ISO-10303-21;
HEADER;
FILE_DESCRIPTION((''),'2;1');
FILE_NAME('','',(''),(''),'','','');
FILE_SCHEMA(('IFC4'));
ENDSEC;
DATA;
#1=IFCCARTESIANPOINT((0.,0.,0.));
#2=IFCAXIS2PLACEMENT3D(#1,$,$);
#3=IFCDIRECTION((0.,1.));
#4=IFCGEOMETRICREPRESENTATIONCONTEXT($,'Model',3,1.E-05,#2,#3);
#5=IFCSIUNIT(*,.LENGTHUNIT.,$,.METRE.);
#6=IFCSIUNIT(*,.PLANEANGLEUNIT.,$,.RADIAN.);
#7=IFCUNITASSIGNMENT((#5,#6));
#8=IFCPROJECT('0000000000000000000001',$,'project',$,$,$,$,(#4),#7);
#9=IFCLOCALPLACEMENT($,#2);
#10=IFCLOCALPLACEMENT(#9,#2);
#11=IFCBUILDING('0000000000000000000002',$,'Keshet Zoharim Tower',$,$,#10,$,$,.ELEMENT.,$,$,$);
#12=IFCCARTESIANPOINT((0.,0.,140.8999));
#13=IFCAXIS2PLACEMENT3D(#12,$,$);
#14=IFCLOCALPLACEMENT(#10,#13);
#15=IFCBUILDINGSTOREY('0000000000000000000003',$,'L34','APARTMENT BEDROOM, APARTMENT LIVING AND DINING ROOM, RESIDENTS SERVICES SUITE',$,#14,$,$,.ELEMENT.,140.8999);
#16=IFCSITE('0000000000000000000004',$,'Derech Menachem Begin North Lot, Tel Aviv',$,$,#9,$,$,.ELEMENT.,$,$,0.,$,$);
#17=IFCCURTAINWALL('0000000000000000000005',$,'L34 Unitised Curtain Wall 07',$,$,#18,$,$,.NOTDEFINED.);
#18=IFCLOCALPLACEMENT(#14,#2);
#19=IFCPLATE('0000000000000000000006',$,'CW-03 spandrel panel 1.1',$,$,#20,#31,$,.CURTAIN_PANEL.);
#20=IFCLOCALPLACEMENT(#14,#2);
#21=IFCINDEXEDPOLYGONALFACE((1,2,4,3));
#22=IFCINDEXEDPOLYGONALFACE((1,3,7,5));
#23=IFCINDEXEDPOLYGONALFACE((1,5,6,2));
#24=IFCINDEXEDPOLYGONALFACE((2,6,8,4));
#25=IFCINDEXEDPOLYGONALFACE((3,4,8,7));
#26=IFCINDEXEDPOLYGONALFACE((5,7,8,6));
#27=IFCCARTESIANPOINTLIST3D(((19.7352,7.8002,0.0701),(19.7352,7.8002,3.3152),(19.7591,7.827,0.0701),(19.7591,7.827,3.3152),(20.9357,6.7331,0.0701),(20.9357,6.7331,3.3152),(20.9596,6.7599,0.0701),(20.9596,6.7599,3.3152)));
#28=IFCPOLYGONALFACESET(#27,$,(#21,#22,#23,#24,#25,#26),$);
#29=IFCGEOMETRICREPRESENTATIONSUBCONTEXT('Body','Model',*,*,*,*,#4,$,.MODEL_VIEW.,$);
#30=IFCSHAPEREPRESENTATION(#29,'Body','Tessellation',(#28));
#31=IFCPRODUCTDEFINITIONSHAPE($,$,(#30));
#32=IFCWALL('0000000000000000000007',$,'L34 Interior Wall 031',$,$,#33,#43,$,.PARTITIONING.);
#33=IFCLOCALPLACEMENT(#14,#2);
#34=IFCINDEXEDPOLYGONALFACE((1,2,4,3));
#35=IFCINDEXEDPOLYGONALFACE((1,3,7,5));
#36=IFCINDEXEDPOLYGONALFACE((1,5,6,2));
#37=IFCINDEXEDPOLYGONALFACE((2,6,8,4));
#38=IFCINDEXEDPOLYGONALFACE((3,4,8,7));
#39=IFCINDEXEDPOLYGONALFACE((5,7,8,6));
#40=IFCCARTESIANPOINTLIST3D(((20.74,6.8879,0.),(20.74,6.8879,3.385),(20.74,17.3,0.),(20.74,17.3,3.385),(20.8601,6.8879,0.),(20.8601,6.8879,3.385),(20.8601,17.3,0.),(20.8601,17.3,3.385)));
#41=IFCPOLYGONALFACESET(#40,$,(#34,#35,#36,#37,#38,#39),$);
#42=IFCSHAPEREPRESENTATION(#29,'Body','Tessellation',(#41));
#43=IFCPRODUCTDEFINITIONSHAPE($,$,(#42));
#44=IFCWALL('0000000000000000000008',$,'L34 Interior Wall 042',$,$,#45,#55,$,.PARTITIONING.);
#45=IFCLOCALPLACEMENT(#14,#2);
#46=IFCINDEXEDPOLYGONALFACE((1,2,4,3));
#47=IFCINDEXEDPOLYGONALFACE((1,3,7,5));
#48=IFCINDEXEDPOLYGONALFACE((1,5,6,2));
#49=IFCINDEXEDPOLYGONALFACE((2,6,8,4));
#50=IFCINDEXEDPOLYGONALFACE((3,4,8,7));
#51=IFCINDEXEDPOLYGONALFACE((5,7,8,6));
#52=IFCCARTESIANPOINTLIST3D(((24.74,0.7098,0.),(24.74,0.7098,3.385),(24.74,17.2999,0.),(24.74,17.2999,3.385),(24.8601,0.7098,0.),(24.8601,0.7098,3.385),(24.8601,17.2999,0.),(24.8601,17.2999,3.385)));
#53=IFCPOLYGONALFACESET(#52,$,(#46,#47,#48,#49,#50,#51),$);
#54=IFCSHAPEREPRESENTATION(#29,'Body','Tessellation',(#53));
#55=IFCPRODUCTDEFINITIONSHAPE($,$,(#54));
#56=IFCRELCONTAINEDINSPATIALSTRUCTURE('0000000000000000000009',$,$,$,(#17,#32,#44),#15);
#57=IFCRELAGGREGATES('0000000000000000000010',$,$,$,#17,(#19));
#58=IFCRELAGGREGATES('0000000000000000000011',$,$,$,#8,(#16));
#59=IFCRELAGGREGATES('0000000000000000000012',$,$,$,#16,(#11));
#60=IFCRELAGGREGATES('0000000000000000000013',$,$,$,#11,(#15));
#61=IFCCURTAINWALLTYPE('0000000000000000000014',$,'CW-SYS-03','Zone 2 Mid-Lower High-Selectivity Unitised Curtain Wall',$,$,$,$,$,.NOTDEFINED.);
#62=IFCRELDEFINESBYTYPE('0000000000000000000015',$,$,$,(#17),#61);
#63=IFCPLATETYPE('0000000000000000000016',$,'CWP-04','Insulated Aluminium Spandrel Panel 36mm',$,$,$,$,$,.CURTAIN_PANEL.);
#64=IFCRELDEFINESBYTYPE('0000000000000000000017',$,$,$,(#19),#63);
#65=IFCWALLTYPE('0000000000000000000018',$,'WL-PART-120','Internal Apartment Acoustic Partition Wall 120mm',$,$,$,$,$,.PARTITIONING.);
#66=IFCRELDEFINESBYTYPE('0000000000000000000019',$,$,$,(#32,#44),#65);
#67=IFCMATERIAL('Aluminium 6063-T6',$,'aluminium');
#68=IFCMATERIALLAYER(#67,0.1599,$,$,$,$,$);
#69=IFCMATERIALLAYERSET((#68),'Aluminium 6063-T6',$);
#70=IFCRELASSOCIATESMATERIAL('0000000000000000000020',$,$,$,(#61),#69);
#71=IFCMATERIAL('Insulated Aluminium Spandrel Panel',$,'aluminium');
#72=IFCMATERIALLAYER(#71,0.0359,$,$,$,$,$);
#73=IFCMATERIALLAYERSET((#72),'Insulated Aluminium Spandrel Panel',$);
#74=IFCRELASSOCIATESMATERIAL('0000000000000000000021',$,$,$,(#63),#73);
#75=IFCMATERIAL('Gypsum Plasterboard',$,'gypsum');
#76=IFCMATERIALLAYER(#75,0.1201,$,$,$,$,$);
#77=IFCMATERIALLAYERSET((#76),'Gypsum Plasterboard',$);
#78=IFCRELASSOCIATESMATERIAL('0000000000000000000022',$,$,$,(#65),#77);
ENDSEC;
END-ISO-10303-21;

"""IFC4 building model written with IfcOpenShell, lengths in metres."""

from ifc_helpers import new_model, si_unit, direction, frame, frame_2d, origin, origin_2d, place, context, subcontext, project, spatial, rectangle, extrude, material, layer, layer_set, type_object, element, aggregate, save


model = new_model("IFC4")

# Units and contexts
model_context = context("Model", 3, precision=1e-05, world=origin(), true_north=direction((0.0, 1.0)))
body_context = subcontext(model_context, "Body", "Model", "MODEL_VIEW")
ifc_project = project(units=[si_unit("LENGTHUNIT", "METRE"), si_unit("PLANEANGLEUNIT", "RADIAN")], contexts=[model_context])

# Site, building, storey
site_placement = place(None, origin())
site = spatial("IfcSite", under=ifc_project, at=site_placement, Name="Derech Menachem Begin North Lot, Tel Aviv", CompositionType="ELEMENT", RefElevation=0.0)
building_placement = place(site_placement, origin())
building = spatial("IfcBuilding", under=site, at=building_placement, Name="Keshet Zoharim Tower", CompositionType="ELEMENT")
storey_placement = place(building_placement, frame((0.0, 0.0, 140.8999)))
storey = spatial("IfcBuildingStorey", under=building, at=storey_placement, Name="L34", Description="APARTMENT BEDROOM, APARTMENT LIVING AND DINING ROOM, RESIDENTS SERVICES SUITE", CompositionType="ELEMENT", Elevation=140.8999)

# Shared definitions
ifc_material_1 = material(Name="Aluminium 6063-T6", Category="aluminium")
ifc_layer_1 = layer(ifc_material_1, 0.1599)
ifc_layer_set_1 = layer_set([ifc_layer_1], Name="Aluminium 6063-T6")
curtain_wall_type = type_object("IfcCurtainWallType", Name="CW-SYS-03", Description="Zone 2 Mid-Lower High-Selectivity Unitised Curtain Wall", PredefinedType="NOTDEFINED", material=ifc_layer_set_1)

# Curtain wall
curtain_wall_1_placement = place(storey_placement, origin())
curtain_wall_1 = element("IfcCurtainWall", 1, at=curtain_wall_1_placement, inside=storey, type_object=curtain_wall_type, Name="L34 Unitised Curtain Wall 07", PredefinedType="NOTDEFINED")

# Plate
ifc_material_2 = material(Name="Insulated Aluminium Spandrel Panel", Category="aluminium")
ifc_layer_2 = layer(ifc_material_2, 0.0359)
ifc_layer_set_2 = layer_set([ifc_layer_2], Name="Insulated Aluminium Spandrel Panel")
plate_type_1 = type_object("IfcPlateType", Name="CWP-04", Description="Insulated Aluminium Spandrel Panel 36mm", PredefinedType="CURTAIN_PANEL", material=ifc_layer_set_2)
plate_1_placement = place(storey_placement, frame((20.3474, 7.28, 0.0701), z_axis=(0.0, 0.0, 1.0), x_axis=(-0.747406, 0.664367, 0.0)))
plate_1 = element("IfcPlate", 2, at=plate_1_placement, type_object=plate_type_1, Name="CW-03 spandrel panel 1.1", PredefinedType="CURTAIN_PANEL", context=body_context, shape_type="SweptSolid", body=[
    extrude(rectangle(XDim=1.6062, YDim=0.0359, at=origin_2d()), origin(), (0.0, 0.0, 1.0), 3.2451),
])
aggregate(curtain_wall_1, [plate_1])

# Walls
ifc_material_3 = material(Name="Gypsum Plasterboard", Category="gypsum")
ifc_layer_3 = layer(ifc_material_3, 0.1201)
ifc_layer_set_3 = layer_set([ifc_layer_3], Name="Gypsum Plasterboard")
wall_type = type_object("IfcWallType", Name="WL-PART-120", Description="Internal Apartment Acoustic Partition Wall 120mm", PredefinedType="PARTITIONING", material=ifc_layer_set_3)
wall_1_placement = place(storey_placement, frame((20.8, 6.8879, 0.0), z_axis=(0.0, 0.0, 1.0), x_axis=(0.0, 1.0, 0.0)))
element("IfcWall", 3, at=wall_1_placement, inside=storey, type_object=wall_type, Name="L34 Interior Wall 031", PredefinedType="PARTITIONING", context=body_context, shape_type="SweptSolid", body=[
    extrude(rectangle(XDim=10.4121, YDim=0.1201, at=frame_2d((5.2061, 0.0))), origin(), (0.0, 0.0, 1.0), 3.385),
])
wall_2_placement = place(storey_placement, frame((24.8, 0.71, 0.0), z_axis=(0.0, 0.0, 1.0), x_axis=(0.0, 1.0, 0.0)))
element("IfcWall", 4, at=wall_2_placement, inside=storey, type_object=wall_type, Name="L34 Interior Wall 042", PredefinedType="PARTITIONING", context=body_context, shape_type="SweptSolid", body=[
    extrude(rectangle(XDim=16.5901, YDim=0.1201, at=frame_2d((8.2949, 0.0))), origin(), (0.0, 0.0, 1.0), 3.385),
])

save(model, "model.ifc")
